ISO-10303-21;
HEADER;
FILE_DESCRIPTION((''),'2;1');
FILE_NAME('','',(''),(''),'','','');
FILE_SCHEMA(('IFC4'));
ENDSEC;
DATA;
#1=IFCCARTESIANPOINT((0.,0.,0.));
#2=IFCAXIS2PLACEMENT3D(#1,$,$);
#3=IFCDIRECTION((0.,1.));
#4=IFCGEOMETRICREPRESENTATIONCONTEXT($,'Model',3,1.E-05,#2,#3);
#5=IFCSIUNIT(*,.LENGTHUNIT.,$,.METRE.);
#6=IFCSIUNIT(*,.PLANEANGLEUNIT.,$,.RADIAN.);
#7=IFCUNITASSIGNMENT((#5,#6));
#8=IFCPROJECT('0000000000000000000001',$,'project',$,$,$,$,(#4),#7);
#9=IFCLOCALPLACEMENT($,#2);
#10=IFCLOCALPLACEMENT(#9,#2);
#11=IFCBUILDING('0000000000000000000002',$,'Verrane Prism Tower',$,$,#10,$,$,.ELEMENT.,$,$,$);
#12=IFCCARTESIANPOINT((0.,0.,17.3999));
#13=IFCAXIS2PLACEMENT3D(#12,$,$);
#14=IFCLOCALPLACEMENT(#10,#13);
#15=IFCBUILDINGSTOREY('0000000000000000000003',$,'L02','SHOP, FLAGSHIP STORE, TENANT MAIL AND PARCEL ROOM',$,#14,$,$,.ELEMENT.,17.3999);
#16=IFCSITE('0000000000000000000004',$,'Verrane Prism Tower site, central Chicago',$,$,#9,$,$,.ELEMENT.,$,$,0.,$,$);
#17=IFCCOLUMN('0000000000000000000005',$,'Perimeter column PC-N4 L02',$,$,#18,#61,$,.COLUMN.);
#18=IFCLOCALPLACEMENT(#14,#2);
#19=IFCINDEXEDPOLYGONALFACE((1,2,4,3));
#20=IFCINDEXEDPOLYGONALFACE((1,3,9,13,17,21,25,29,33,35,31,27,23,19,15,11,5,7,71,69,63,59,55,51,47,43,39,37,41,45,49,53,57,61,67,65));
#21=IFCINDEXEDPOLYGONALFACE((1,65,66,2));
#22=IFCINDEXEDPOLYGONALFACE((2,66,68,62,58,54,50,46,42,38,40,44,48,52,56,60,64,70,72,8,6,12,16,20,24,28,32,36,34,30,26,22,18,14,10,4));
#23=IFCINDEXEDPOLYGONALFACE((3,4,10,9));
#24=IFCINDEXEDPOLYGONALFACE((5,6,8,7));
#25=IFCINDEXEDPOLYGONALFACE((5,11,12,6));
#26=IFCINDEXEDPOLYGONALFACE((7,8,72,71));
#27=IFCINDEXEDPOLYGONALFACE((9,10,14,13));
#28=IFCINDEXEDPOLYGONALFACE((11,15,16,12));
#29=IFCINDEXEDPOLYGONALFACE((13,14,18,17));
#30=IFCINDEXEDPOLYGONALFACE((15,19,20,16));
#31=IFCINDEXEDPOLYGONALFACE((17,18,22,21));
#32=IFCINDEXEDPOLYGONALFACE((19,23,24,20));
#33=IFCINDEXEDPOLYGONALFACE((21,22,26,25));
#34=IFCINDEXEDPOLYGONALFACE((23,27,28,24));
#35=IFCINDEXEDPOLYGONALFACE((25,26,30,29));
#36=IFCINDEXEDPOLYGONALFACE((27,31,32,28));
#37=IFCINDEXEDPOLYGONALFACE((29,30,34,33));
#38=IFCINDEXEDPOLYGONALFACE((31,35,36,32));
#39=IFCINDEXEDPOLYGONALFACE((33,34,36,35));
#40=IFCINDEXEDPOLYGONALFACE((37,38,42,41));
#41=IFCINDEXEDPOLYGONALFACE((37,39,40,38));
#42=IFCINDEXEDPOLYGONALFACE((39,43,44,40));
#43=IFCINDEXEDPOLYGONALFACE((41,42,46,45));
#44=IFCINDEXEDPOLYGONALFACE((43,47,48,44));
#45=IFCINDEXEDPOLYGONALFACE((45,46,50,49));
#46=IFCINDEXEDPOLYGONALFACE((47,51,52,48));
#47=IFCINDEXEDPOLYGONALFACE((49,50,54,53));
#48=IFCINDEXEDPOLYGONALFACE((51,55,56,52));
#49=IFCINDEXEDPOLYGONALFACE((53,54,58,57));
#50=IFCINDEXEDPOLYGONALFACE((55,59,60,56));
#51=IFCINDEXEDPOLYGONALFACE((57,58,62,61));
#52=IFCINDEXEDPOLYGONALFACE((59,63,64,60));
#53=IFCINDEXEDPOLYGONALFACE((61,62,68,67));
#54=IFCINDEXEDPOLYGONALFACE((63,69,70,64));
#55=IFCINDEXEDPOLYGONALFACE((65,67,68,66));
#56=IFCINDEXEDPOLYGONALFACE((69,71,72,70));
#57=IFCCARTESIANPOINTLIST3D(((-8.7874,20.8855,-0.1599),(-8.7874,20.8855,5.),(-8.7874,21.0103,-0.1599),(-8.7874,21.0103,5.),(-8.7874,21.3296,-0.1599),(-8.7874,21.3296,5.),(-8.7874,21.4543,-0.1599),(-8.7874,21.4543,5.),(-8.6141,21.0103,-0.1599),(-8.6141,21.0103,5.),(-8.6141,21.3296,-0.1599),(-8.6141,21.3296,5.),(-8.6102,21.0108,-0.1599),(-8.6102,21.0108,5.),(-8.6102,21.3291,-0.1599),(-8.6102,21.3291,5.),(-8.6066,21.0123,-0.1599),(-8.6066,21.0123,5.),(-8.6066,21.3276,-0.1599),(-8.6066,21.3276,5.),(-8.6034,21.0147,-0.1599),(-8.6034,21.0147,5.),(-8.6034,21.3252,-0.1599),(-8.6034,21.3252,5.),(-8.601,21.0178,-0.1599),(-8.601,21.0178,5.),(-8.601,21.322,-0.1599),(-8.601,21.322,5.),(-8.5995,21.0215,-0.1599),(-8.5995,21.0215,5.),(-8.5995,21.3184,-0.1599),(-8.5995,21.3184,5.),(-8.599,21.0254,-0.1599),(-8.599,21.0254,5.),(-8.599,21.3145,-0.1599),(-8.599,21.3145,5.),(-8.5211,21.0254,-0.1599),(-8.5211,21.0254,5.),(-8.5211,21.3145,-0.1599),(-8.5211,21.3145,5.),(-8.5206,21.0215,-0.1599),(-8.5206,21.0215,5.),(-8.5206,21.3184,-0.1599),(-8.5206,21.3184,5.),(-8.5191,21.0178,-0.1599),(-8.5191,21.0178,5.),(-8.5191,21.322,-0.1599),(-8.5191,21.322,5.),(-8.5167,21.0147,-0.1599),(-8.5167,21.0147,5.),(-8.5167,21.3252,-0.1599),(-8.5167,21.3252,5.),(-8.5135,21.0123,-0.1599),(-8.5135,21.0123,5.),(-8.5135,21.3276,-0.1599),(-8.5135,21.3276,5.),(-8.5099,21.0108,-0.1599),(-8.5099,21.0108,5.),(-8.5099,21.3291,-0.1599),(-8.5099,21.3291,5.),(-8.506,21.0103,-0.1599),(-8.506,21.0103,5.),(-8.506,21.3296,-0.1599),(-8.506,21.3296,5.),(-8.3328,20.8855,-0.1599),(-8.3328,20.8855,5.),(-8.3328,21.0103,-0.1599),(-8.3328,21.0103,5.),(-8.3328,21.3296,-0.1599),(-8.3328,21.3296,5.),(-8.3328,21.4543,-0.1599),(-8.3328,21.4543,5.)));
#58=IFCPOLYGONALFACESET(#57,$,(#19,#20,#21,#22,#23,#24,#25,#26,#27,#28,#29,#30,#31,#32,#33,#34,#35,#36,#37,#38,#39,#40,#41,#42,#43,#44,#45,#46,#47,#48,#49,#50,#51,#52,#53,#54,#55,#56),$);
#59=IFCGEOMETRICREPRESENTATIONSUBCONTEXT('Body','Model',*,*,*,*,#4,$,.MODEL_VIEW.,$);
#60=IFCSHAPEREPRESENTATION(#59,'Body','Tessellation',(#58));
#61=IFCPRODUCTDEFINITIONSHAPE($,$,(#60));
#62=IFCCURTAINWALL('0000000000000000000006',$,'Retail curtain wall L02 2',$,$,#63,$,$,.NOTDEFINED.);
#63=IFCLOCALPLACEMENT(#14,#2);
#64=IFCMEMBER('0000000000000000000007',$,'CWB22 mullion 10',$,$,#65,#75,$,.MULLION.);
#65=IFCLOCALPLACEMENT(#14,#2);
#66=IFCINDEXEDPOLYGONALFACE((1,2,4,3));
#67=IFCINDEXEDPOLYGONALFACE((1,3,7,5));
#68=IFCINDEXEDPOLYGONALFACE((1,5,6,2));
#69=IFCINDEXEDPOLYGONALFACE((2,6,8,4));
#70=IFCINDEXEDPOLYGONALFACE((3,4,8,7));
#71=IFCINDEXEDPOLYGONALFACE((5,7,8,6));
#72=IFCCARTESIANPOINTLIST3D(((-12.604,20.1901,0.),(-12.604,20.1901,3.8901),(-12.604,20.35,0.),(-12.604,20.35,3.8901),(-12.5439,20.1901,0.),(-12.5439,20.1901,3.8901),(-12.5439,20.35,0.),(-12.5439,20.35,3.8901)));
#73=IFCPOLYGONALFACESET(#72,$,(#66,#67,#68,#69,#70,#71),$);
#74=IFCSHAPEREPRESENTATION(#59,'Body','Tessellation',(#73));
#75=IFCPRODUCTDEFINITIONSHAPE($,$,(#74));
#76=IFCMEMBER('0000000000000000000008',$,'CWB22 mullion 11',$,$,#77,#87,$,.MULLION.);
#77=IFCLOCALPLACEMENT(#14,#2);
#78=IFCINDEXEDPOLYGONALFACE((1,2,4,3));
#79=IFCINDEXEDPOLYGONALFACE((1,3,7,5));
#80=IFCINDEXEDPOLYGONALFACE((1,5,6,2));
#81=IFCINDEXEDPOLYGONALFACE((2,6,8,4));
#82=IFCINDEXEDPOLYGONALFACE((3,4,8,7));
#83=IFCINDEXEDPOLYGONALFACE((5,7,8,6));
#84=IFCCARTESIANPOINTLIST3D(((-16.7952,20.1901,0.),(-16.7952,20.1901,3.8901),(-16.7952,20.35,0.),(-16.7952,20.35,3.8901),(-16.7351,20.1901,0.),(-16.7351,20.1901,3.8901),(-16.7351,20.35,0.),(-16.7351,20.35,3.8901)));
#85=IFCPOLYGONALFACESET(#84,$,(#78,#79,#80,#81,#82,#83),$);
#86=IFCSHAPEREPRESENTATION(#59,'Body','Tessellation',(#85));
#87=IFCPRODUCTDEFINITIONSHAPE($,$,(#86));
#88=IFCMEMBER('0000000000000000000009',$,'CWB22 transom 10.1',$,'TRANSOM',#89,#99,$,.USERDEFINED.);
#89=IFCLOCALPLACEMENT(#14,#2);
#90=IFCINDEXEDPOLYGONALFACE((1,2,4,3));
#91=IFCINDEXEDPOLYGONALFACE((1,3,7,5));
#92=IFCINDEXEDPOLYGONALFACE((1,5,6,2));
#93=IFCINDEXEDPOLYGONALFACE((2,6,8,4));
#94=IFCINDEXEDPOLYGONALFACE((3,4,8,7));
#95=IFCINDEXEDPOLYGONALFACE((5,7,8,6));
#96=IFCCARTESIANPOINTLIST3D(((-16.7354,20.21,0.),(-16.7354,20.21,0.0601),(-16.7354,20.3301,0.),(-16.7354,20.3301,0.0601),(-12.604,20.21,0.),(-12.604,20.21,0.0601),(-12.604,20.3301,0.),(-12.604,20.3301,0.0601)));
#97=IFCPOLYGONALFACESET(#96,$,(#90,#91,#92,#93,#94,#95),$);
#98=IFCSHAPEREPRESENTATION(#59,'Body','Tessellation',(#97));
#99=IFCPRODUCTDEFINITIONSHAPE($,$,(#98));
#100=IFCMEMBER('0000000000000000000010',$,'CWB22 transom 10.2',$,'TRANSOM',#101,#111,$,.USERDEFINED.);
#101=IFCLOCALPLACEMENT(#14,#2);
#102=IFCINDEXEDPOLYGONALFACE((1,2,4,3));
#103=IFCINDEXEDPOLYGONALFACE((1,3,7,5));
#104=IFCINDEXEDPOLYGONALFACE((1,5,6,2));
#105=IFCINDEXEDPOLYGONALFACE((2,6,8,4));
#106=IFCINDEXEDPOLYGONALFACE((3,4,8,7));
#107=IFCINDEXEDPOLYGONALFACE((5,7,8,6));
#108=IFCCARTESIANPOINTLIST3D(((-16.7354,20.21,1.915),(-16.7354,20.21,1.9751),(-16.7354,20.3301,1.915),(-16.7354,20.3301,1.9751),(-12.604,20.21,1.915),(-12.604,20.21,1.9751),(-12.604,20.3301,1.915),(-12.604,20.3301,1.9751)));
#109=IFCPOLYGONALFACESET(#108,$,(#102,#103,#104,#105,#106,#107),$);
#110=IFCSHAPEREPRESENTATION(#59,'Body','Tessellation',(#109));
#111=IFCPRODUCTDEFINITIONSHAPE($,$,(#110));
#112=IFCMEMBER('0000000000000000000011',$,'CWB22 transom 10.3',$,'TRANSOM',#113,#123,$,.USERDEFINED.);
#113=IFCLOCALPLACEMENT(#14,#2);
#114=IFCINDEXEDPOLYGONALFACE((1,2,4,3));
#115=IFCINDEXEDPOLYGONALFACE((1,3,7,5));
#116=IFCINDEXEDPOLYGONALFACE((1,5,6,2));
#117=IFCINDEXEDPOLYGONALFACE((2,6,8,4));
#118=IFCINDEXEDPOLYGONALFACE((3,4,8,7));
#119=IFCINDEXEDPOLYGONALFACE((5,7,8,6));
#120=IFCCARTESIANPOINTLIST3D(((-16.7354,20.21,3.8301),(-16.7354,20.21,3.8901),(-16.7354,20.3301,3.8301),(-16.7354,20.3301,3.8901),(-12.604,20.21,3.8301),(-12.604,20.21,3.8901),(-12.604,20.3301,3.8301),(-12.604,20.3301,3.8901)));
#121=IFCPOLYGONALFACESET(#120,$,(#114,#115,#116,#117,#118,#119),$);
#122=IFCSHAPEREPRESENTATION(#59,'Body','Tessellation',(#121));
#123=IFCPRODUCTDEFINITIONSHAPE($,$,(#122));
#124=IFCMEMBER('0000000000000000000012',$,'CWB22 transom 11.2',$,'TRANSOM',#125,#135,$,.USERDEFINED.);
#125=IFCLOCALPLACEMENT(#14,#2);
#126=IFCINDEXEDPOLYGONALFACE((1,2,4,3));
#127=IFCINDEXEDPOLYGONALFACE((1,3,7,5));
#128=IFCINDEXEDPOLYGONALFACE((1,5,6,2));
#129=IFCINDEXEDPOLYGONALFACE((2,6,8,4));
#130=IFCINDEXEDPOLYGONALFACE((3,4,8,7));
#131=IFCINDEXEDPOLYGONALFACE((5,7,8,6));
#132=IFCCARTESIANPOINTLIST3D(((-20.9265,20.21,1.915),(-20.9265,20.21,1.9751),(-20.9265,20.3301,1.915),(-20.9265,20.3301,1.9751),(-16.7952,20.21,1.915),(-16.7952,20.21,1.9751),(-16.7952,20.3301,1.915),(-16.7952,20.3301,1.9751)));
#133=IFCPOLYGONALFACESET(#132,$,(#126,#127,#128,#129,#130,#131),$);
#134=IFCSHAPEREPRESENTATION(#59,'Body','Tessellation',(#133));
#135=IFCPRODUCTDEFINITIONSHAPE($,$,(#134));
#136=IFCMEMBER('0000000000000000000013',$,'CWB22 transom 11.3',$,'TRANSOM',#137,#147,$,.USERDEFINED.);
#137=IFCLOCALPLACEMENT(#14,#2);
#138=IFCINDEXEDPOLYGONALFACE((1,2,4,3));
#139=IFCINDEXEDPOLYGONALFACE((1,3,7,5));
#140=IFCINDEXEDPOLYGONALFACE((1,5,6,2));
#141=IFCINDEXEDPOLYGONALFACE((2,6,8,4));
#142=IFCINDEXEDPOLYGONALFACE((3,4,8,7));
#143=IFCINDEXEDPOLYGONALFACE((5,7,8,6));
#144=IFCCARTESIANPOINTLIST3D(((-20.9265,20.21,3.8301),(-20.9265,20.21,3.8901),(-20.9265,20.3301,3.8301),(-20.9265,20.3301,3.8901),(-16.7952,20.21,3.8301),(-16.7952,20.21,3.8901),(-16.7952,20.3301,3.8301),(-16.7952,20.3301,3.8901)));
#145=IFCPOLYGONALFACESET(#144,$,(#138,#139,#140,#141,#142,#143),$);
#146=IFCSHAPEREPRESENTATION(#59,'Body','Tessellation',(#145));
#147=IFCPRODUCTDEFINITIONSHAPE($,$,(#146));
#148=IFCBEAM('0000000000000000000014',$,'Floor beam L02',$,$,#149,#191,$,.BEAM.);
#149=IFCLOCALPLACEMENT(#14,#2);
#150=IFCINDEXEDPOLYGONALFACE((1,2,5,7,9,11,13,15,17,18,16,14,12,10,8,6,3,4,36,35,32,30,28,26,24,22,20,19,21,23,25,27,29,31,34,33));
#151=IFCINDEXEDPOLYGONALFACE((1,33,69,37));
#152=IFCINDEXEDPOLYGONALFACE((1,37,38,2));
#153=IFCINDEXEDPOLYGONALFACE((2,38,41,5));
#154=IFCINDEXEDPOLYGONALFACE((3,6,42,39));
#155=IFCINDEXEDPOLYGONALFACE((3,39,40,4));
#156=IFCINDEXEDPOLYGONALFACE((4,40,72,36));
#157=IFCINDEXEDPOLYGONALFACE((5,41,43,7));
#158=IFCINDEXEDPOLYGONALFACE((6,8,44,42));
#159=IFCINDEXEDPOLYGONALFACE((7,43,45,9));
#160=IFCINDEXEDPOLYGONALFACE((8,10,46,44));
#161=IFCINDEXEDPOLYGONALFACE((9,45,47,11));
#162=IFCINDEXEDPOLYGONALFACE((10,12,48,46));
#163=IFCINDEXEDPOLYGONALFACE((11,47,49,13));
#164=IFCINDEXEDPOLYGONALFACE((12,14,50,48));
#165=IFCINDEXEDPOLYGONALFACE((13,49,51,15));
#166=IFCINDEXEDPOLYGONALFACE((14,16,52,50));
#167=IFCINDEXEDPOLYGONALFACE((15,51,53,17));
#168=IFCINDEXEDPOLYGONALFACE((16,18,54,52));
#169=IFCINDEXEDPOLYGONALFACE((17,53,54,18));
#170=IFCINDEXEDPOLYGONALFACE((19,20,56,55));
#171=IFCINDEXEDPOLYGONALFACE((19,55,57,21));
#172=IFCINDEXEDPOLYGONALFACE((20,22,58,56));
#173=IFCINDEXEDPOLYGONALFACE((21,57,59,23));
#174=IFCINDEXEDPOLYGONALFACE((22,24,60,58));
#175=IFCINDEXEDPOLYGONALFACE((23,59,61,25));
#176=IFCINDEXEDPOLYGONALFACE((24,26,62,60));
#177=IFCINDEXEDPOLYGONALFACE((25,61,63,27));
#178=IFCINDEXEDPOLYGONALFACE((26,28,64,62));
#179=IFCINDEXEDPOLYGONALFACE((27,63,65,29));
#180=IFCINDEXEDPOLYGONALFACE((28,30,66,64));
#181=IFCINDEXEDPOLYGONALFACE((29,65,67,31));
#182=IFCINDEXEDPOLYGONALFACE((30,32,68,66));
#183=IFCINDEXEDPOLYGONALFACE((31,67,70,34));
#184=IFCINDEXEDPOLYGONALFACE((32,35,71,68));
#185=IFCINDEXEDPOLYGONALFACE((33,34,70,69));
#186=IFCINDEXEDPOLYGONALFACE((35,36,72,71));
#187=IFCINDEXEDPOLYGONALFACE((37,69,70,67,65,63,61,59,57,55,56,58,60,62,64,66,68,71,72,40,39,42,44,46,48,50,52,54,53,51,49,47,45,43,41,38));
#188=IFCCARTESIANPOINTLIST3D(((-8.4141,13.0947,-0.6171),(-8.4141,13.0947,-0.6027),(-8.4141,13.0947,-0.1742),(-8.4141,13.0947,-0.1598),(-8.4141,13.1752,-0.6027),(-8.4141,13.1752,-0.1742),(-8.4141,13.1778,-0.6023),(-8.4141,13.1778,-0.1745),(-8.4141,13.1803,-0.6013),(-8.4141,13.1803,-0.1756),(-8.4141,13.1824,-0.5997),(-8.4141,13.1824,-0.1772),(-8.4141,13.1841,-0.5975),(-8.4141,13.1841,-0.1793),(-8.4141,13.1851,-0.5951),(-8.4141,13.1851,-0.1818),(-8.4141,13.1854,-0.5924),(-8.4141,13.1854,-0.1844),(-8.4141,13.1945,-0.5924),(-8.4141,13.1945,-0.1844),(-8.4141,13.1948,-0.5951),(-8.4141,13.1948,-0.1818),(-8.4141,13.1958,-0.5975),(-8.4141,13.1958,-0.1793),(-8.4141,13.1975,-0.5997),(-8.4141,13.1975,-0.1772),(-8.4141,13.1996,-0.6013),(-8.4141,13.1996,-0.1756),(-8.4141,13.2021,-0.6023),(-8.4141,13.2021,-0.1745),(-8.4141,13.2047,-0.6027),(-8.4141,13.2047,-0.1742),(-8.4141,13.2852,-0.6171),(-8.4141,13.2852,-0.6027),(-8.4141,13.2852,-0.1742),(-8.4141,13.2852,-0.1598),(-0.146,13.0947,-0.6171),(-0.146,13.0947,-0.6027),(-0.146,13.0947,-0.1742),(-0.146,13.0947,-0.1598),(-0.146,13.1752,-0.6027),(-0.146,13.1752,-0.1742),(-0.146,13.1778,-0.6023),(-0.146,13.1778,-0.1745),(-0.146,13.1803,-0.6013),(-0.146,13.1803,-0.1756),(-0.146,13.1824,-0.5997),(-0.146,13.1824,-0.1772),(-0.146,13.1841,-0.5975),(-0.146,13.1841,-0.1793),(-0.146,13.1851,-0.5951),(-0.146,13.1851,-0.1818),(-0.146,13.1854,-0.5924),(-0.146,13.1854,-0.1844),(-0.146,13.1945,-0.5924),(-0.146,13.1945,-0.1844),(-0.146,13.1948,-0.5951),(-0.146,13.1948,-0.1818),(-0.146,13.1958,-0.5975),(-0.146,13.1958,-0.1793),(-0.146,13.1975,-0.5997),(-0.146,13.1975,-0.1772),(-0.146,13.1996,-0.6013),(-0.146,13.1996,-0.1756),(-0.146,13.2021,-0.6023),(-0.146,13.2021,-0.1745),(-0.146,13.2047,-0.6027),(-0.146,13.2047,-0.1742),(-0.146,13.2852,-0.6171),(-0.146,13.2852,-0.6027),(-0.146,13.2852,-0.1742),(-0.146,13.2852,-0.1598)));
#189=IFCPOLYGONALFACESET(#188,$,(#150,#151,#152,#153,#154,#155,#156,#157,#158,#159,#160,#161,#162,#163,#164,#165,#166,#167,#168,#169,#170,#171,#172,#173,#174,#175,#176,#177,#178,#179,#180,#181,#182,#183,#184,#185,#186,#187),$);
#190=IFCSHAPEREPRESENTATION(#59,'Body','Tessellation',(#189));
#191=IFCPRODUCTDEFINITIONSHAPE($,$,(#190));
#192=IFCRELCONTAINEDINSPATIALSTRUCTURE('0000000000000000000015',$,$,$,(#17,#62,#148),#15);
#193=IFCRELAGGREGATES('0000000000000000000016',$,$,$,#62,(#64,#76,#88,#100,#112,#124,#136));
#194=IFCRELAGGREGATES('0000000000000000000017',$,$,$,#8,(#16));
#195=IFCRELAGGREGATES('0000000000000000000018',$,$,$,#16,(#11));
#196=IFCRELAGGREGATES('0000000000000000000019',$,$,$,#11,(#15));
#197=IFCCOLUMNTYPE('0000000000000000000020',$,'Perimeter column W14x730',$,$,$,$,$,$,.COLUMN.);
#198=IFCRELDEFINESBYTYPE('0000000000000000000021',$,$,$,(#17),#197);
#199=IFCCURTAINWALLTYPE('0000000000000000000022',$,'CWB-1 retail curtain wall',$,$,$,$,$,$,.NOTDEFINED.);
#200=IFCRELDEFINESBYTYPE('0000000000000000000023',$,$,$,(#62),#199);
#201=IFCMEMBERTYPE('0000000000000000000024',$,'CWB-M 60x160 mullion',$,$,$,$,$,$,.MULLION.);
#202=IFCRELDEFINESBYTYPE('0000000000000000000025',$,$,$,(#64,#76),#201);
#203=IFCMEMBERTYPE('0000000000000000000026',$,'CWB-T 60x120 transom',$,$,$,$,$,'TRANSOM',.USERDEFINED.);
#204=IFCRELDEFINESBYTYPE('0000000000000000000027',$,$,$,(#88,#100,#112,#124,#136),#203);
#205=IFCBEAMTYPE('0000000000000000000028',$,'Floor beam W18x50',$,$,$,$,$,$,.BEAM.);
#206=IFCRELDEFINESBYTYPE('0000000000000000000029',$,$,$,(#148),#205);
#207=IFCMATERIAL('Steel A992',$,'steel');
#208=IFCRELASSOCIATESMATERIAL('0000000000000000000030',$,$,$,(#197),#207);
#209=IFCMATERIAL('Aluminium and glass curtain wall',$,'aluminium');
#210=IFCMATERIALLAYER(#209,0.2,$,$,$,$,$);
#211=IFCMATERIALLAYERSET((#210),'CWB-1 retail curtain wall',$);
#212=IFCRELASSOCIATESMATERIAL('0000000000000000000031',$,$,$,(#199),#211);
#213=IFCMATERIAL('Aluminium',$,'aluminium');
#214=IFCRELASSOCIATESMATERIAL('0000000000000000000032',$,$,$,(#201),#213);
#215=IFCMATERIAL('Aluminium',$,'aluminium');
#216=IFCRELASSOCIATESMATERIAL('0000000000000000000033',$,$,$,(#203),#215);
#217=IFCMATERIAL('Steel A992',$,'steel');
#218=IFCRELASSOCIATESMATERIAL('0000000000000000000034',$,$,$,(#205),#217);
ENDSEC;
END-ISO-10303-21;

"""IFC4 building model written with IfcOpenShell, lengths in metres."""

from ifc_helpers import new_model, si_unit, direction, frame, origin, origin_2d, place, context, subcontext, project, spatial, rectangle, i_section, extrude, material, layer, layer_set, material_profile, profile_set, type_object, element, aggregate, save


model = new_model("IFC4")

# Units and contexts
model_context = context("Model", 3, precision=1e-05, world=origin(), true_north=direction((0.0, 1.0)))
body_context = subcontext(model_context, "Body", "Model", "MODEL_VIEW")
ifc_project = project(units=[si_unit("LENGTHUNIT", "METRE"), si_unit("PLANEANGLEUNIT", "RADIAN")], contexts=[model_context])

# Site, building, storey
site_placement = place(None, origin())
site = spatial("IfcSite", under=ifc_project, at=site_placement, Name="Verrane Prism Tower site, central Chicago", CompositionType="ELEMENT", RefElevation=0.0)
building_placement = place(site_placement, origin())
building = spatial("IfcBuilding", under=site, at=building_placement, Name="Verrane Prism Tower", CompositionType="ELEMENT")
storey_placement = place(building_placement, frame((0.0, 0.0, 17.3999)))
storey = spatial("IfcBuildingStorey", under=building, at=storey_placement, Name="L02", Description="SHOP, FLAGSHIP STORE, TENANT MAIL AND PARCEL ROOM", CompositionType="ELEMENT", Elevation=17.3999)

# Column
ifc_material_1 = material(Name="Steel A992", Category="steel")
ifc_material_profile_1 = material_profile(ifc_material_1, i_section(OverallWidth=0.4546, OverallDepth=0.5688, WebThickness=0.0779, FlangeThickness=0.1248, FilletRadius=0.0151, at=origin_2d()), Name="W14x730")
ifc_profile_set_1 = profile_set([ifc_material_profile_1], Name="Steel A992")
column_type = type_object("IfcColumnType", Name="Perimeter column W14x730", PredefinedType="COLUMN", material=ifc_profile_set_1)
column_placement = place(storey_placement, frame((-8.5601, 21.1699, -0.1599), z_axis=(0.0, 0.0, 1.0), x_axis=(1.0, 0.0, 0.0)))
element("IfcColumn", 1, at=column_placement, inside=storey, type_object=column_type, Name="Perimeter column PC-N4 L02", PredefinedType="COLUMN", context=body_context, shape_type="SweptSolid", body=[
    extrude(i_section(OverallWidth=0.4546, OverallDepth=0.5688, WebThickness=0.0779, FlangeThickness=0.1248, FilletRadius=0.0151, at=origin_2d()), origin(), (0.0, 0.0, 1.0), 5.1599),
])

# Curtain wall, members
ifc_material_2 = material(Name="Aluminium and glass curtain wall", Category="aluminium")
ifc_layer_1 = layer(ifc_material_2, 0.2)
ifc_layer_set_1 = layer_set([ifc_layer_1], Name="CWB-1 retail curtain wall")
curtain_wall_type = type_object("IfcCurtainWallType", Name="CWB-1 retail curtain wall", PredefinedType="NOTDEFINED", material=ifc_layer_set_1)
curtain_wall_placement = place(storey_placement, origin())
curtain_wall = element("IfcCurtainWall", 2, at=curtain_wall_placement, inside=storey, type_object=curtain_wall_type, Name="Retail curtain wall L02 2", PredefinedType="NOTDEFINED")
ifc_material_3 = material(Name="Aluminium", Category="aluminium")
ifc_material_profile_2 = material_profile(ifc_material_3, rectangle(XDim=0.1599, YDim=0.0601, at=origin_2d()), Name="CWB-M 60x160 mullion")
ifc_profile_set_2 = profile_set([ifc_material_profile_2], Name="Aluminium")
member_type_1 = type_object("IfcMemberType", Name="CWB-M 60x160 mullion", PredefinedType="MULLION", material=ifc_profile_set_2)
member_1_placement = place(storey_placement, frame((-12.574, 20.27, 0.0), z_axis=(0.0, 0.0, 1.0), x_axis=(0.0, -1.0, 0.0)))
member_1 = element("IfcMember", 3, at=member_1_placement, type_object=member_type_1, Name="CWB22 mullion 10", PredefinedType="MULLION", context=body_context, shape_type="SweptSolid", body=[
    extrude(rectangle(XDim=0.1599, YDim=0.0601, at=origin_2d()), origin(), (0.0, 0.0, 1.0), 3.8901),
])
member_2_placement = place(storey_placement, frame((-16.7651, 20.27, 0.0), z_axis=(0.0, 0.0, 1.0), x_axis=(0.0, -1.0, 0.0)))
member_2 = element("IfcMember", 4, at=member_2_placement, type_object=member_type_1, Name="CWB22 mullion 11", PredefinedType="MULLION", context=body_context, shape_type="SweptSolid", body=[
    extrude(rectangle(XDim=0.1599, YDim=0.0601, at=origin_2d()), origin(), (0.0, 0.0, 1.0), 3.8901),
])
ifc_material_4 = material(Name="Aluminium", Category="aluminium")
ifc_material_profile_3 = material_profile(ifc_material_4, rectangle(XDim=0.1201, YDim=0.0601, at=origin_2d()), Name="CWB-T 60x120 transom")
ifc_profile_set_3 = profile_set([ifc_material_profile_3], Name="Aluminium")
member_type_2 = type_object("IfcMemberType", Name="CWB-T 60x120 transom", ElementType="TRANSOM", PredefinedType="USERDEFINED", material=ifc_profile_set_3)
member_3_placement = place(storey_placement, frame((-12.604, 20.27, 0.03), z_axis=(-1.0, 0.0, 0.0), x_axis=(0.0, -1.0, 0.0)))
member_3 = element("IfcMember", 5, at=member_3_placement, type_object=member_type_2, Name="CWB22 transom 10.1", ObjectType="TRANSOM", PredefinedType="USERDEFINED", context=body_context, shape_type="SweptSolid", body=[
    extrude(rectangle(XDim=0.1201, YDim=0.0601, at=origin_2d()), origin(), (0.0, 0.0, 1.0), 4.1313),
])
member_4_placement = place(storey_placement, frame((-12.604, 20.27, 1.9451), z_axis=(-1.0, 0.0, 0.0), x_axis=(0.0, -1.0, 0.0)))
member_4 = element("IfcMember", 6, at=member_4_placement, type_object=member_type_2, Name="CWB22 transom 10.2", ObjectType="TRANSOM", PredefinedType="USERDEFINED", context=body_context, shape_type="SweptSolid", body=[
    extrude(rectangle(XDim=0.1201, YDim=0.0601, at=origin_2d()), origin(), (0.0, 0.0, 1.0), 4.1313),
])
member_5_placement = place(storey_placement, frame((-12.604, 20.27, 3.8601), z_axis=(-1.0, 0.0, 0.0), x_axis=(0.0, -1.0, 0.0)))
member_5 = element("IfcMember", 7, at=member_5_placement, type_object=member_type_2, Name="CWB22 transom 10.3", ObjectType="TRANSOM", PredefinedType="USERDEFINED", context=body_context, shape_type="SweptSolid", body=[
    extrude(rectangle(XDim=0.1201, YDim=0.0601, at=origin_2d()), origin(), (0.0, 0.0, 1.0), 4.1313),
])
member_6_placement = place(storey_placement, frame((-16.7952, 20.27, 1.9451), z_axis=(-1.0, 0.0, 0.0), x_axis=(0.0, -1.0, 0.0)))
member_6 = element("IfcMember", 8, at=member_6_placement, type_object=member_type_2, Name="CWB22 transom 11.2", ObjectType="TRANSOM", PredefinedType="USERDEFINED", context=body_context, shape_type="SweptSolid", body=[
    extrude(rectangle(XDim=0.1201, YDim=0.0601, at=origin_2d()), origin(), (0.0, 0.0, 1.0), 4.1313),
])
member_7_placement = place(storey_placement, frame((-16.7952, 20.27, 3.8601), z_axis=(-1.0, 0.0, 0.0), x_axis=(0.0, -1.0, 0.0)))
member_7 = element("IfcMember", 9, at=member_7_placement, type_object=member_type_2, Name="CWB22 transom 11.3", ObjectType="TRANSOM", PredefinedType="USERDEFINED", context=body_context, shape_type="SweptSolid", body=[
    extrude(rectangle(XDim=0.1201, YDim=0.0601, at=origin_2d()), origin(), (0.0, 0.0, 1.0), 4.1313),
])

# Beam
ifc_material_5 = material(Name="Steel A992", Category="steel")
ifc_material_profile_4 = material_profile(ifc_material_5, i_section(OverallWidth=0.1904, OverallDepth=0.4573, WebThickness=0.009, FlangeThickness=0.0144, FilletRadius=0.0103, at=origin_2d()), Name="W18x50")
ifc_profile_set_4 = profile_set([ifc_material_profile_4], Name="Steel A992")
beam_type_1 = type_object("IfcBeamType", Name="Floor beam W18x50", PredefinedType="BEAM", material=ifc_profile_set_4)
beam_1_placement = place(storey_placement, frame((-8.4141, 13.1899, -0.3884), z_axis=(1.0, 0.0, 0.0), x_axis=(0.0, 1.0, 0.0)))
element("IfcBeam", 10, at=beam_1_placement, inside=storey, type_object=beam_type_1, Name="Floor beam L02", PredefinedType="BEAM", context=body_context, shape_type="SweptSolid", body=[
    extrude(i_section(OverallWidth=0.1904, OverallDepth=0.4573, WebThickness=0.009, FlangeThickness=0.0144, FilletRadius=0.0103, at=origin_2d()), origin(), (0.0, 0.0, 1.0), 8.2681),
])

aggregate(curtain_wall, [member_1, member_2, member_3, member_4, member_5, member_6, member_7])

save(model, "model.ifc")
